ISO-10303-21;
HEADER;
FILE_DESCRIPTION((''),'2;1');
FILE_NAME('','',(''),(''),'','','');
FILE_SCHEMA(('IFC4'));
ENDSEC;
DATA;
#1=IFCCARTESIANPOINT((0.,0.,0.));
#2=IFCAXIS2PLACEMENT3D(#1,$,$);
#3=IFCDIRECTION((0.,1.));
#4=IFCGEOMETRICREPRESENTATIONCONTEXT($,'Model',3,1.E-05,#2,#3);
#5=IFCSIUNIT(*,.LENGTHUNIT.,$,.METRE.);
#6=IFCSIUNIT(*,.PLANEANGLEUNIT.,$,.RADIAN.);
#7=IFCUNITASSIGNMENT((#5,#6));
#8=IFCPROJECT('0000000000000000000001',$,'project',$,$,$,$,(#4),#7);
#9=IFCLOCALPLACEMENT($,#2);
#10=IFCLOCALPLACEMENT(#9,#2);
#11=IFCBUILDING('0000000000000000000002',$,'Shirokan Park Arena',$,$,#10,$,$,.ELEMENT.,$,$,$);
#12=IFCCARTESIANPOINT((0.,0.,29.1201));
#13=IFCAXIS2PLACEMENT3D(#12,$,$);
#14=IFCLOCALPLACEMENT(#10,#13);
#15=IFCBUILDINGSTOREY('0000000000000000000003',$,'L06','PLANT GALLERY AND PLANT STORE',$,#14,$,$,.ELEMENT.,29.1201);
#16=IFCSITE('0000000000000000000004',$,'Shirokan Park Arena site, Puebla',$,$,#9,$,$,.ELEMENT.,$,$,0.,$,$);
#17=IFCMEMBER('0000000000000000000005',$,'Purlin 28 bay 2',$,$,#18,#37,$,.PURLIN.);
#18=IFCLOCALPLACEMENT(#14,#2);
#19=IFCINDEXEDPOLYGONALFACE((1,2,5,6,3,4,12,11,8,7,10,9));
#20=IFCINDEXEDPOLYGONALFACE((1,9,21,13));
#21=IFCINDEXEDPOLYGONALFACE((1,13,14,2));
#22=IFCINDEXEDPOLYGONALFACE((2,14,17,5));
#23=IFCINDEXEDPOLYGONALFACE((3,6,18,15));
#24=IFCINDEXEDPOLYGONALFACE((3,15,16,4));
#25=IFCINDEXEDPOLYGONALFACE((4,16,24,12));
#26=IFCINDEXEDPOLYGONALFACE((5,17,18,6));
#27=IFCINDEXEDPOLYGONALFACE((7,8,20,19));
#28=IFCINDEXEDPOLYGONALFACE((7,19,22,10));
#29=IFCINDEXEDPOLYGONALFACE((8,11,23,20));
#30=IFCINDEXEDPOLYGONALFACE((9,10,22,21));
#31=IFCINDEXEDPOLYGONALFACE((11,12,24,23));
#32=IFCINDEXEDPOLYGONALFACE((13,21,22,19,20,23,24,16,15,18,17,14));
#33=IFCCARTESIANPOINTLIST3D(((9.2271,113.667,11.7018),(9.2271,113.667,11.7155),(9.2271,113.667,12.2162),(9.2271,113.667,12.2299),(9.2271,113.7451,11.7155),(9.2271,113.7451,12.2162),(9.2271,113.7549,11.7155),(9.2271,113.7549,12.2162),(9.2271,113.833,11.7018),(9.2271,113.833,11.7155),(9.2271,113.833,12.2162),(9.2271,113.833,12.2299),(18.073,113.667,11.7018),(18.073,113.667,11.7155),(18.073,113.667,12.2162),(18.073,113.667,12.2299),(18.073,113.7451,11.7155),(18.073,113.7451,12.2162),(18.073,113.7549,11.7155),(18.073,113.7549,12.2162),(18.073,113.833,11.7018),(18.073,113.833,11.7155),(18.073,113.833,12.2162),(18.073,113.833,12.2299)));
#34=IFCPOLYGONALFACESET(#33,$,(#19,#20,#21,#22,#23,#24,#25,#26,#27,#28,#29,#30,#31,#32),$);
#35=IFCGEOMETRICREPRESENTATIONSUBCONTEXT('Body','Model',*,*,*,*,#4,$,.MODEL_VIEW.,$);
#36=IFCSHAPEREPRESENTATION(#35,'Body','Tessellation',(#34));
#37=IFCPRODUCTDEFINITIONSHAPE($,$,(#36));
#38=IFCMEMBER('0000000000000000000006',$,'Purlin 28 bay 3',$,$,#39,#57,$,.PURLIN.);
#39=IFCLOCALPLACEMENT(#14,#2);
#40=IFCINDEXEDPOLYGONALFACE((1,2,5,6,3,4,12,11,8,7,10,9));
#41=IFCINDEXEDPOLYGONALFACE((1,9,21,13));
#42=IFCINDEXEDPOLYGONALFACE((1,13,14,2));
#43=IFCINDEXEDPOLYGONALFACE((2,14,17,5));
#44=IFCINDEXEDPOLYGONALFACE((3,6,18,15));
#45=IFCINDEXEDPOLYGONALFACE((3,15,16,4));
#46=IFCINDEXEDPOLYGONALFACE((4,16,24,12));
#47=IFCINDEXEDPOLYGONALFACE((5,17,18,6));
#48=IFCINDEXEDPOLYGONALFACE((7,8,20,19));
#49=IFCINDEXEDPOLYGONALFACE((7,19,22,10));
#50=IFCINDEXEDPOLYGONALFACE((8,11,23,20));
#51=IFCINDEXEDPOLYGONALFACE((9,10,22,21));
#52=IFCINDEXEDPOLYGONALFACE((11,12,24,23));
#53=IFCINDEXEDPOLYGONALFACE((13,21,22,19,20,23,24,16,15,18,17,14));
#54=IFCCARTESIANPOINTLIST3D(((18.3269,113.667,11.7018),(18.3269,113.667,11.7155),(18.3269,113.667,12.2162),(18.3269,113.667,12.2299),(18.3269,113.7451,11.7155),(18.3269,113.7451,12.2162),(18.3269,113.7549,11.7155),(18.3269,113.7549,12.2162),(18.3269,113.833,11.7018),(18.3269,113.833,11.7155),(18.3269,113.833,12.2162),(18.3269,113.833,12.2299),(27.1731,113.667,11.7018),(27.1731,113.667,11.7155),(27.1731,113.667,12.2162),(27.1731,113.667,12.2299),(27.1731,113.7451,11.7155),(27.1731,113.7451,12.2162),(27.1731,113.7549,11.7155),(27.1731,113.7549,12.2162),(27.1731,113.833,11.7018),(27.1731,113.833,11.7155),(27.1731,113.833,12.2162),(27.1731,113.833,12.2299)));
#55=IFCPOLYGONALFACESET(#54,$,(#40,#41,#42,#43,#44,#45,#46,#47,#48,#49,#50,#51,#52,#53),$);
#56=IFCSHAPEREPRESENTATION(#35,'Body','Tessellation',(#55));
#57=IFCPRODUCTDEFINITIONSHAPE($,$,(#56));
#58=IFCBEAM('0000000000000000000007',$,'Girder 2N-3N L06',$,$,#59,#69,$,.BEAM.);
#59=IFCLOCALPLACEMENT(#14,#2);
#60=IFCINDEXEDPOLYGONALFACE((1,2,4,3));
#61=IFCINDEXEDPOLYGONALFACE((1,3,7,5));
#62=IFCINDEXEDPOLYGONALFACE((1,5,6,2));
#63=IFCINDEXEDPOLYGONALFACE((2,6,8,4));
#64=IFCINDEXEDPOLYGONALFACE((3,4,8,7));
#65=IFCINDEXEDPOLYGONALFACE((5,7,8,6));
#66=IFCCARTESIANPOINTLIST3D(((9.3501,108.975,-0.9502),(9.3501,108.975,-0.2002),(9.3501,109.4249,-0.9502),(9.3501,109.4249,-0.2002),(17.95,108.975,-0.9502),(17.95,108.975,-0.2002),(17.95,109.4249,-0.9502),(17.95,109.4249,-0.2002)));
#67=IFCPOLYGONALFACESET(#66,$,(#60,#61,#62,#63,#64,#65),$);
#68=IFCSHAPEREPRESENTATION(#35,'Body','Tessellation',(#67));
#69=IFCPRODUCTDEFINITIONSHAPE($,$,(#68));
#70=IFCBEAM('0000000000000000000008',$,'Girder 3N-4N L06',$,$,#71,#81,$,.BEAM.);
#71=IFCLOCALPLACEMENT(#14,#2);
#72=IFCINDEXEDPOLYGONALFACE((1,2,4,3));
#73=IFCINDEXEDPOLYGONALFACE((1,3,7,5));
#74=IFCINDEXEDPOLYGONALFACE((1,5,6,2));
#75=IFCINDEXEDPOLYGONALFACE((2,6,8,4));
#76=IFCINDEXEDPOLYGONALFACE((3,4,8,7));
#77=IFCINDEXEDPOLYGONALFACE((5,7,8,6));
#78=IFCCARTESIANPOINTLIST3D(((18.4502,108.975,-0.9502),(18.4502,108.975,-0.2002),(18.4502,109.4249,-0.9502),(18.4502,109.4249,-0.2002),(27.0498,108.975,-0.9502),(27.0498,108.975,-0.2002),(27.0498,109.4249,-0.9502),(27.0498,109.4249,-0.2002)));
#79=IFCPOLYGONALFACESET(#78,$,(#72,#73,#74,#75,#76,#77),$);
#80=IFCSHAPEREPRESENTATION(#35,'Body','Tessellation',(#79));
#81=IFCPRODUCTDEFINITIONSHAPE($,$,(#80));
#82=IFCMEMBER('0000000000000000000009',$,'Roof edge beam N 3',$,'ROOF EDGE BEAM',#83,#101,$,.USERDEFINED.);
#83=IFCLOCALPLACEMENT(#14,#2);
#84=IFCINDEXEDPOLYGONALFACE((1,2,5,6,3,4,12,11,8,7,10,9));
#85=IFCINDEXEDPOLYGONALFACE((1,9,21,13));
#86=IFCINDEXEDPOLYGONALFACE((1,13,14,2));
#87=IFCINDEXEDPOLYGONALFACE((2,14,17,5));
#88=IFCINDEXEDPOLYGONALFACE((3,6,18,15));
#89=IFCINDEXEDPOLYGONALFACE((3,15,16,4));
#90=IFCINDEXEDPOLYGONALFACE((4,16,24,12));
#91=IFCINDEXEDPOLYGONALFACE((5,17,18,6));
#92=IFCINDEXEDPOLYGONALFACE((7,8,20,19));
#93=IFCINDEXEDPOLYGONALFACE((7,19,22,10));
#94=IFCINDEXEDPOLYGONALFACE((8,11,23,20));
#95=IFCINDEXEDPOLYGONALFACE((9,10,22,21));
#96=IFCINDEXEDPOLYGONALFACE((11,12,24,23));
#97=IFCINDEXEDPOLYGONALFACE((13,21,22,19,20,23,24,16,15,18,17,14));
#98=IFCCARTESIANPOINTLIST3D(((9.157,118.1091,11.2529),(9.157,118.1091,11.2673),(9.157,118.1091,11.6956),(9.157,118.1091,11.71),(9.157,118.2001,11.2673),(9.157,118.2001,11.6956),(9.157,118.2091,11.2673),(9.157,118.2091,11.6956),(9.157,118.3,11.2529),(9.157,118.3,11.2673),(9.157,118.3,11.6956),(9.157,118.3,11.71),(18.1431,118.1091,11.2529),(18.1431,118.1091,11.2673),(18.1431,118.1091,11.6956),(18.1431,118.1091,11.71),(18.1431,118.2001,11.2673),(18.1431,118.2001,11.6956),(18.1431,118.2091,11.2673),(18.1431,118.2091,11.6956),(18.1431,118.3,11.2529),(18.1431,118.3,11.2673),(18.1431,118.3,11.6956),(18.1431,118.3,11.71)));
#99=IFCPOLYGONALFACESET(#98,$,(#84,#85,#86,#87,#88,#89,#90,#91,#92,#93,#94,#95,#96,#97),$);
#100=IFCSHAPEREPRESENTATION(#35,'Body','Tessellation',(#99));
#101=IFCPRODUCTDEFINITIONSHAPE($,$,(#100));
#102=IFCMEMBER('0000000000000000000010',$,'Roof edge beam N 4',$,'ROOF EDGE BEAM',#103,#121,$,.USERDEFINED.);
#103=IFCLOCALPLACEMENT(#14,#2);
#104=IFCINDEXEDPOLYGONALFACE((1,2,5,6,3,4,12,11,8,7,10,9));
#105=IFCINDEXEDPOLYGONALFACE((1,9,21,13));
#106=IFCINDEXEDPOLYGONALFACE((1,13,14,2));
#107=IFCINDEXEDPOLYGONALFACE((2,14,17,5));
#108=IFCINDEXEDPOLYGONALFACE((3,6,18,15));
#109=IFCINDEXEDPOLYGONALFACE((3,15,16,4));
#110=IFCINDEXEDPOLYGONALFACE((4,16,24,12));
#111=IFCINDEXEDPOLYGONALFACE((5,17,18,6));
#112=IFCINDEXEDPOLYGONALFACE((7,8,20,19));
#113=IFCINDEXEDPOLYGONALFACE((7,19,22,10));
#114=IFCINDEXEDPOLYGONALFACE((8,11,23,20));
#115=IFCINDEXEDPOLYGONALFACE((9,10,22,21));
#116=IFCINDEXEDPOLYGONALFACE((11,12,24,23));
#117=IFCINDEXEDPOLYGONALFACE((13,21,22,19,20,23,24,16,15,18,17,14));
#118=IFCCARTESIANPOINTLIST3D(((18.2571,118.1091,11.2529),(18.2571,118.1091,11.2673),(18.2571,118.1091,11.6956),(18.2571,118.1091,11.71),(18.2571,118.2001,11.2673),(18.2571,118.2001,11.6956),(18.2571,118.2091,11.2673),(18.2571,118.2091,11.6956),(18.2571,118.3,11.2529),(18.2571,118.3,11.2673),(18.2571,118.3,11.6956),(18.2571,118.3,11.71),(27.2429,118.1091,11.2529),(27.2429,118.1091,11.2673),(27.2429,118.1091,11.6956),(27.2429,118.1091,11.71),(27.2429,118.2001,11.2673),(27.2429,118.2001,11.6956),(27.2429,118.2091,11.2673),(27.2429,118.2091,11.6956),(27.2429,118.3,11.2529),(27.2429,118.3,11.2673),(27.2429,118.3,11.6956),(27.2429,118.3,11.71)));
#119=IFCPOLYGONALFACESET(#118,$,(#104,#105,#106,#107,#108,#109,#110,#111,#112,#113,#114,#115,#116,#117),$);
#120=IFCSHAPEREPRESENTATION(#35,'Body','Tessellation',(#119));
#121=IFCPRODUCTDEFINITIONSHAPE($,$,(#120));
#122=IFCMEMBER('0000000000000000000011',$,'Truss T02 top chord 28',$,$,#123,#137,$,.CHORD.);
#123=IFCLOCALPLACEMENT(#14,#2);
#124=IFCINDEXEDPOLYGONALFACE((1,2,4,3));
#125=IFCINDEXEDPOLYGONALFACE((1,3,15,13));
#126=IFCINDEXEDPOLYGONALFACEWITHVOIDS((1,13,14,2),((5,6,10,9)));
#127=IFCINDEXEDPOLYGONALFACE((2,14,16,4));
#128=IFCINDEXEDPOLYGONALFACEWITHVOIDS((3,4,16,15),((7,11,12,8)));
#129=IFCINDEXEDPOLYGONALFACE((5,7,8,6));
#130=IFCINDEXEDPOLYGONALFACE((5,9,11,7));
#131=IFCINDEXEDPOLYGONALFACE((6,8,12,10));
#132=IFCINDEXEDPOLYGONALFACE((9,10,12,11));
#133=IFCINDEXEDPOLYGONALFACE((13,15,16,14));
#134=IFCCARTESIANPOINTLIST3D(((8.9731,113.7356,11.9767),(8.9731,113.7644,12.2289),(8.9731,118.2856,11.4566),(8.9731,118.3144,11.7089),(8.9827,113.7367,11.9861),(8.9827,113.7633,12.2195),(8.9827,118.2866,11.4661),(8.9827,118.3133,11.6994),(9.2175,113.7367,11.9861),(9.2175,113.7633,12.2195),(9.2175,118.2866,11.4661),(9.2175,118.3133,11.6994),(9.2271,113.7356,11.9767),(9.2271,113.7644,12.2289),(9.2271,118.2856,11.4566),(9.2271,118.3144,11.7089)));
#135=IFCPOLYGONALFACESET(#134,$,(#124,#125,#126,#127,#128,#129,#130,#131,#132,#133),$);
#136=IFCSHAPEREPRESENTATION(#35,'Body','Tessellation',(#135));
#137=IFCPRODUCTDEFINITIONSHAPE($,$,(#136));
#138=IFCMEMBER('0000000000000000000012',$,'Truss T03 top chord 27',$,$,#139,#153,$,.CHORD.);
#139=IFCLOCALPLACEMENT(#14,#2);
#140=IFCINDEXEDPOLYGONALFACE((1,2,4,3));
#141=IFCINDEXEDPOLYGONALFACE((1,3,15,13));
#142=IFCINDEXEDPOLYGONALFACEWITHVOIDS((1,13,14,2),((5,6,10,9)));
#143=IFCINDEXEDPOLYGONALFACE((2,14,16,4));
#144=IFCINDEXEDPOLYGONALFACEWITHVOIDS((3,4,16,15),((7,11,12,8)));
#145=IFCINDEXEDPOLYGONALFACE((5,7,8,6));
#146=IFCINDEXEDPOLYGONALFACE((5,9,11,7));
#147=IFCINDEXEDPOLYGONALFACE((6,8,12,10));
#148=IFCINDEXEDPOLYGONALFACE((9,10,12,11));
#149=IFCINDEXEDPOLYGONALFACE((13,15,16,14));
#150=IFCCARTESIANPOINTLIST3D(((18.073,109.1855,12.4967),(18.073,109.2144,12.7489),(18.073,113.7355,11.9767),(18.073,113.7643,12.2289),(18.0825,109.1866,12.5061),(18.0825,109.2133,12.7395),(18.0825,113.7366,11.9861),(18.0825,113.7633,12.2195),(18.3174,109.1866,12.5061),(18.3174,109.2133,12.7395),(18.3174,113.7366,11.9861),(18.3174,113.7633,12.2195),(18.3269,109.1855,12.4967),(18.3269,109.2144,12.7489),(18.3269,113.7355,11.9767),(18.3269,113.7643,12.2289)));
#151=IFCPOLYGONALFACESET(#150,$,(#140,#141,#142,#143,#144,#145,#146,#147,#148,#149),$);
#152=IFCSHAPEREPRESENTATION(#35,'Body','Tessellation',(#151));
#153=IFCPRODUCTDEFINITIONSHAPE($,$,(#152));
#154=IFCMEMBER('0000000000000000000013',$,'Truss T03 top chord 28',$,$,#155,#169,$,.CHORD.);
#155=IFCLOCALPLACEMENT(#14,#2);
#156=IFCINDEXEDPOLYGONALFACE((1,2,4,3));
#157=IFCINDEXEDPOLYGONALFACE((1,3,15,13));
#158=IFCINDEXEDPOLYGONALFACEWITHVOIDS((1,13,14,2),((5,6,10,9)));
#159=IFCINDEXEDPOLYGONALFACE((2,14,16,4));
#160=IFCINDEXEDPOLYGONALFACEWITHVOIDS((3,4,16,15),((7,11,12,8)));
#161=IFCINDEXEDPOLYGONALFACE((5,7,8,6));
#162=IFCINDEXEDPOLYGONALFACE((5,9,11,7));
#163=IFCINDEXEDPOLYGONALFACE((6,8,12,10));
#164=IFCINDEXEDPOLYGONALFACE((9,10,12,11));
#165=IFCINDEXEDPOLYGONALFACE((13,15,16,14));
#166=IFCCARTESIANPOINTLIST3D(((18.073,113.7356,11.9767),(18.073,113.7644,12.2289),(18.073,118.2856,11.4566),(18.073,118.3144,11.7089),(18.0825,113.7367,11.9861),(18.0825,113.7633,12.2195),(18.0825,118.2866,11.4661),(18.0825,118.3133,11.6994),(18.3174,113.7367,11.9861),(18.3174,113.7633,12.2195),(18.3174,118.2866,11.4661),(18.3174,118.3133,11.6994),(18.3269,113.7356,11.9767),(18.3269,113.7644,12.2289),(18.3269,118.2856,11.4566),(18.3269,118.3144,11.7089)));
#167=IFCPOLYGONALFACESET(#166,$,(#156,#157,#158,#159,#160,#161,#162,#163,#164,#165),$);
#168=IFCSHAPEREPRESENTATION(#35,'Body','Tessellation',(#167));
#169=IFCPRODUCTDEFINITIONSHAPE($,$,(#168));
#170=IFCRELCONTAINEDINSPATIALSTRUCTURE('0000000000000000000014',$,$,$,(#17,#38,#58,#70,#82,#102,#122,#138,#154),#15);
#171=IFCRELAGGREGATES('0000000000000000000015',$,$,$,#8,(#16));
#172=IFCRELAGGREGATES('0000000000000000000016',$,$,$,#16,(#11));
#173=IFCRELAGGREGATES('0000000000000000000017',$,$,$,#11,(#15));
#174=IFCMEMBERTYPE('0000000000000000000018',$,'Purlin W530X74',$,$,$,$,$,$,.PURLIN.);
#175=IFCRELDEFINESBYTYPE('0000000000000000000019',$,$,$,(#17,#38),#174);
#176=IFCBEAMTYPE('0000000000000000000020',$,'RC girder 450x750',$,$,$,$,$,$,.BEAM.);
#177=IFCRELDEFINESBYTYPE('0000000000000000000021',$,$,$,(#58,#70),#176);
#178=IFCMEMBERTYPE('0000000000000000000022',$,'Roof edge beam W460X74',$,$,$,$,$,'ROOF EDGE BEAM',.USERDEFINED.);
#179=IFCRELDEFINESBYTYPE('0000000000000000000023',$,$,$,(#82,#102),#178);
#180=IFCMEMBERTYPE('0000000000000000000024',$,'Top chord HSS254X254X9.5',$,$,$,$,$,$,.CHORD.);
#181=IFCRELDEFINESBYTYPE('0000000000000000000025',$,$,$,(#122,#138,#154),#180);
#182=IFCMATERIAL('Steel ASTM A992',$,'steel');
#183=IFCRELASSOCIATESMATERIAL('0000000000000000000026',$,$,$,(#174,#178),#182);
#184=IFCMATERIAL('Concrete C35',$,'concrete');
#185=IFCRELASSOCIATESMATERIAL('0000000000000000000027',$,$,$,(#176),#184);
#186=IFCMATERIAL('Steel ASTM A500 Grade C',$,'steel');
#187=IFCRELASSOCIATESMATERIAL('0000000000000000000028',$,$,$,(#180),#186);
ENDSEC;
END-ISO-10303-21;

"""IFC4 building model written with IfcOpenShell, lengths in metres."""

from ifc_helpers import new_model, si_unit, direction, frame, origin, origin_2d, place, context, subcontext, project, spatial, rectangle, hollow_rectangle, i_section, extrude, material, material_profile, profile_set, type_object, element, save


model = new_model("IFC4")

# Units and contexts
model_context = context("Model", 3, precision=1e-05, world=origin(), true_north=direction((0.0, 1.0)))
body_context = subcontext(model_context, "Body", "Model", "MODEL_VIEW")
ifc_project = project(units=[si_unit("LENGTHUNIT", "METRE"), si_unit("PLANEANGLEUNIT", "RADIAN")], contexts=[model_context])

# Site, building, storey
site_placement = place(None, origin())
site = spatial("IfcSite", under=ifc_project, at=site_placement, Name="Shirokan Park Arena site, Puebla", CompositionType="ELEMENT", RefElevation=0.0)
building_placement = place(site_placement, origin())
building = spatial("IfcBuilding", under=site, at=building_placement, Name="Shirokan Park Arena", CompositionType="ELEMENT")
storey_placement = place(building_placement, frame((0.0, 0.0, 29.1201)))
storey = spatial("IfcBuildingStorey", under=building, at=storey_placement, Name="L06", Description="PLANT GALLERY AND PLANT STORE", CompositionType="ELEMENT", Elevation=29.1201)

# Shared definitions
ifc_material_1 = material(Name="Concrete C35", Category="concrete")

# Members
ifc_material_2 = material(Name="Steel ASTM A500 Grade C", Category="steel")
ifc_material_3 = material(Name="Steel ASTM A992", Category="steel")
ifc_material_profile_1 = material_profile(ifc_material_3, i_section(OverallWidth=0.166, OverallDepth=0.5281, WebThickness=0.0098, FlangeThickness=0.0137, at=origin_2d()), Name="W530X74")
ifc_profile_set_1 = profile_set([ifc_material_profile_1], Name="Steel ASTM A992")
member_type_1 = type_object("IfcMemberType", Name="Purlin W530X74", PredefinedType="PURLIN", material=ifc_profile_set_1)
member_1_placement = place(storey_placement, frame((9.2271, 113.75, 11.9658), z_axis=(1.0, 0.0, 0.0), x_axis=(0.0, 1.0, 0.0)))
element("IfcMember", 1, at=member_1_placement, inside=storey, type_object=member_type_1, Name="Purlin 28 bay 2", PredefinedType="PURLIN", context=body_context, shape_type="SweptSolid", body=[
    extrude(i_section(OverallWidth=0.166, OverallDepth=0.5281, WebThickness=0.0098, FlangeThickness=0.0137, at=origin_2d()), origin(), (0.0, 0.0, 1.0), 8.8459),
])
member_2_placement = place(storey_placement, frame((18.3269, 113.75, 11.9658), z_axis=(1.0, 0.0, 0.0), x_axis=(0.0, 1.0, 0.0)))
element("IfcMember", 2, at=member_2_placement, inside=storey, type_object=member_type_1, Name="Purlin 28 bay 3", PredefinedType="PURLIN", context=body_context, shape_type="SweptSolid", body=[
    extrude(i_section(OverallWidth=0.166, OverallDepth=0.5281, WebThickness=0.0098, FlangeThickness=0.0137, at=origin_2d()), origin(), (0.0, 0.0, 1.0), 8.8462),
])

# Beams
ifc_material_profile_2 = material_profile(ifc_material_1, rectangle(XDim=0.45, YDim=0.75, at=origin_2d()), Name="450x750")
ifc_profile_set_2 = profile_set([ifc_material_profile_2], Name="Concrete C35")
beam_type = type_object("IfcBeamType", Name="RC girder 450x750", PredefinedType="BEAM", material=ifc_profile_set_2)
beam_1_placement = place(storey_placement, frame((9.3501, 109.2, -0.5752), z_axis=(1.0, 0.0, 0.0), x_axis=(0.0, 1.0, 0.0)))
element("IfcBeam", 3, at=beam_1_placement, inside=storey, type_object=beam_type, Name="Girder 2N-3N L06", PredefinedType="BEAM", context=body_context, shape_type="SweptSolid", body=[
    extrude(rectangle(XDim=0.45, YDim=0.75, at=origin_2d()), origin(), (0.0, 0.0, 1.0), 8.5999),
])
beam_2_placement = place(storey_placement, frame((18.4502, 109.2, -0.5752), z_axis=(1.0, 0.0, 0.0), x_axis=(0.0, 1.0, 0.0)))
element("IfcBeam", 4, at=beam_2_placement, inside=storey, type_object=beam_type, Name="Girder 3N-4N L06", PredefinedType="BEAM", context=body_context, shape_type="SweptSolid", body=[
    extrude(rectangle(XDim=0.45, YDim=0.75, at=origin_2d()), origin(), (0.0, 0.0, 1.0), 8.5996),
])

# Members
ifc_material_profile_3 = material_profile(ifc_material_3, i_section(OverallWidth=0.1909, OverallDepth=0.457, WebThickness=0.009, FlangeThickness=0.0144, at=origin_2d()), Name="W460X74")
ifc_profile_set_3 = profile_set([ifc_material_profile_3], Name="Steel ASTM A992")
member_type_2 = type_object("IfcMemberType", Name="Roof edge beam W460X74", ElementType="ROOF EDGE BEAM", PredefinedType="USERDEFINED", material=ifc_profile_set_3)
member_3_placement = place(storey_placement, frame((9.157, 118.2046, 11.4814), z_axis=(1.0, 0.0, 0.0), x_axis=(0.0, 1.0, 0.0)))
element("IfcMember", 5, at=member_3_placement, inside=storey, type_object=member_type_2, Name="Roof edge beam N 3", ObjectType="ROOF EDGE BEAM", PredefinedType="USERDEFINED", context=body_context, shape_type="SweptSolid", body=[
    extrude(i_section(OverallWidth=0.1909, OverallDepth=0.457, WebThickness=0.009, FlangeThickness=0.0144, at=origin_2d()), origin(), (0.0, 0.0, 1.0), 8.9861),
])
member_4_placement = place(storey_placement, frame((18.2571, 118.2046, 11.4814), z_axis=(1.0, 0.0, 0.0), x_axis=(0.0, 1.0, 0.0)))
element("IfcMember", 6, at=member_4_placement, inside=storey, type_object=member_type_2, Name="Roof edge beam N 4", ObjectType="ROOF EDGE BEAM", PredefinedType="USERDEFINED", context=body_context, shape_type="SweptSolid", body=[
    extrude(i_section(OverallWidth=0.1909, OverallDepth=0.457, WebThickness=0.009, FlangeThickness=0.0144, at=origin_2d()), origin(), (0.0, 0.0, 1.0), 8.9858),
])
ifc_material_profile_4 = material_profile(ifc_material_2, hollow_rectangle(XDim=0.2539, YDim=0.2539, WallThickness=0.0095, at=origin_2d()), Name="HSS254X254X9.5")
ifc_profile_set_4 = profile_set([ifc_material_profile_4], Name="Steel ASTM A500 Grade C")
member_type_3 = type_object("IfcMemberType", Name="Top chord HSS254X254X9.5", PredefinedType="CHORD", material=ifc_profile_set_4)
for number, where, z_axis, x_axis, name in (
    (7, (9.1001, 113.75, 12.1028), (0.0, 0.993532, -0.11355), (-1.0, 0.0, 0.0), "Truss T02 top chord 28"),
    (8, (18.2, 109.2, 12.6228), (0.0, 0.993532, -0.11355), (-1.0, 0.0, 0.0), "Truss T03 top chord 27"),
    (9, (18.2, 113.75, 12.1028), (0.0, 0.993532, -0.11355), (-1.0, 0.0, 0.0), "Truss T03 top chord 28"),
):
    element("IfcMember", number, at=place(storey_placement, frame(where, z_axis=z_axis, x_axis=x_axis)), inside=storey, type_object=member_type_3, Name=name, PredefinedType="CHORD", context=body_context, shape_type="SweptSolid", body=[
        extrude(hollow_rectangle(XDim=0.2539, YDim=0.2539, WallThickness=0.0095, at=origin_2d()), origin(), (0.0, 0.0, 1.0), 4.5796),
    ])

save(model, "model.ifc")
